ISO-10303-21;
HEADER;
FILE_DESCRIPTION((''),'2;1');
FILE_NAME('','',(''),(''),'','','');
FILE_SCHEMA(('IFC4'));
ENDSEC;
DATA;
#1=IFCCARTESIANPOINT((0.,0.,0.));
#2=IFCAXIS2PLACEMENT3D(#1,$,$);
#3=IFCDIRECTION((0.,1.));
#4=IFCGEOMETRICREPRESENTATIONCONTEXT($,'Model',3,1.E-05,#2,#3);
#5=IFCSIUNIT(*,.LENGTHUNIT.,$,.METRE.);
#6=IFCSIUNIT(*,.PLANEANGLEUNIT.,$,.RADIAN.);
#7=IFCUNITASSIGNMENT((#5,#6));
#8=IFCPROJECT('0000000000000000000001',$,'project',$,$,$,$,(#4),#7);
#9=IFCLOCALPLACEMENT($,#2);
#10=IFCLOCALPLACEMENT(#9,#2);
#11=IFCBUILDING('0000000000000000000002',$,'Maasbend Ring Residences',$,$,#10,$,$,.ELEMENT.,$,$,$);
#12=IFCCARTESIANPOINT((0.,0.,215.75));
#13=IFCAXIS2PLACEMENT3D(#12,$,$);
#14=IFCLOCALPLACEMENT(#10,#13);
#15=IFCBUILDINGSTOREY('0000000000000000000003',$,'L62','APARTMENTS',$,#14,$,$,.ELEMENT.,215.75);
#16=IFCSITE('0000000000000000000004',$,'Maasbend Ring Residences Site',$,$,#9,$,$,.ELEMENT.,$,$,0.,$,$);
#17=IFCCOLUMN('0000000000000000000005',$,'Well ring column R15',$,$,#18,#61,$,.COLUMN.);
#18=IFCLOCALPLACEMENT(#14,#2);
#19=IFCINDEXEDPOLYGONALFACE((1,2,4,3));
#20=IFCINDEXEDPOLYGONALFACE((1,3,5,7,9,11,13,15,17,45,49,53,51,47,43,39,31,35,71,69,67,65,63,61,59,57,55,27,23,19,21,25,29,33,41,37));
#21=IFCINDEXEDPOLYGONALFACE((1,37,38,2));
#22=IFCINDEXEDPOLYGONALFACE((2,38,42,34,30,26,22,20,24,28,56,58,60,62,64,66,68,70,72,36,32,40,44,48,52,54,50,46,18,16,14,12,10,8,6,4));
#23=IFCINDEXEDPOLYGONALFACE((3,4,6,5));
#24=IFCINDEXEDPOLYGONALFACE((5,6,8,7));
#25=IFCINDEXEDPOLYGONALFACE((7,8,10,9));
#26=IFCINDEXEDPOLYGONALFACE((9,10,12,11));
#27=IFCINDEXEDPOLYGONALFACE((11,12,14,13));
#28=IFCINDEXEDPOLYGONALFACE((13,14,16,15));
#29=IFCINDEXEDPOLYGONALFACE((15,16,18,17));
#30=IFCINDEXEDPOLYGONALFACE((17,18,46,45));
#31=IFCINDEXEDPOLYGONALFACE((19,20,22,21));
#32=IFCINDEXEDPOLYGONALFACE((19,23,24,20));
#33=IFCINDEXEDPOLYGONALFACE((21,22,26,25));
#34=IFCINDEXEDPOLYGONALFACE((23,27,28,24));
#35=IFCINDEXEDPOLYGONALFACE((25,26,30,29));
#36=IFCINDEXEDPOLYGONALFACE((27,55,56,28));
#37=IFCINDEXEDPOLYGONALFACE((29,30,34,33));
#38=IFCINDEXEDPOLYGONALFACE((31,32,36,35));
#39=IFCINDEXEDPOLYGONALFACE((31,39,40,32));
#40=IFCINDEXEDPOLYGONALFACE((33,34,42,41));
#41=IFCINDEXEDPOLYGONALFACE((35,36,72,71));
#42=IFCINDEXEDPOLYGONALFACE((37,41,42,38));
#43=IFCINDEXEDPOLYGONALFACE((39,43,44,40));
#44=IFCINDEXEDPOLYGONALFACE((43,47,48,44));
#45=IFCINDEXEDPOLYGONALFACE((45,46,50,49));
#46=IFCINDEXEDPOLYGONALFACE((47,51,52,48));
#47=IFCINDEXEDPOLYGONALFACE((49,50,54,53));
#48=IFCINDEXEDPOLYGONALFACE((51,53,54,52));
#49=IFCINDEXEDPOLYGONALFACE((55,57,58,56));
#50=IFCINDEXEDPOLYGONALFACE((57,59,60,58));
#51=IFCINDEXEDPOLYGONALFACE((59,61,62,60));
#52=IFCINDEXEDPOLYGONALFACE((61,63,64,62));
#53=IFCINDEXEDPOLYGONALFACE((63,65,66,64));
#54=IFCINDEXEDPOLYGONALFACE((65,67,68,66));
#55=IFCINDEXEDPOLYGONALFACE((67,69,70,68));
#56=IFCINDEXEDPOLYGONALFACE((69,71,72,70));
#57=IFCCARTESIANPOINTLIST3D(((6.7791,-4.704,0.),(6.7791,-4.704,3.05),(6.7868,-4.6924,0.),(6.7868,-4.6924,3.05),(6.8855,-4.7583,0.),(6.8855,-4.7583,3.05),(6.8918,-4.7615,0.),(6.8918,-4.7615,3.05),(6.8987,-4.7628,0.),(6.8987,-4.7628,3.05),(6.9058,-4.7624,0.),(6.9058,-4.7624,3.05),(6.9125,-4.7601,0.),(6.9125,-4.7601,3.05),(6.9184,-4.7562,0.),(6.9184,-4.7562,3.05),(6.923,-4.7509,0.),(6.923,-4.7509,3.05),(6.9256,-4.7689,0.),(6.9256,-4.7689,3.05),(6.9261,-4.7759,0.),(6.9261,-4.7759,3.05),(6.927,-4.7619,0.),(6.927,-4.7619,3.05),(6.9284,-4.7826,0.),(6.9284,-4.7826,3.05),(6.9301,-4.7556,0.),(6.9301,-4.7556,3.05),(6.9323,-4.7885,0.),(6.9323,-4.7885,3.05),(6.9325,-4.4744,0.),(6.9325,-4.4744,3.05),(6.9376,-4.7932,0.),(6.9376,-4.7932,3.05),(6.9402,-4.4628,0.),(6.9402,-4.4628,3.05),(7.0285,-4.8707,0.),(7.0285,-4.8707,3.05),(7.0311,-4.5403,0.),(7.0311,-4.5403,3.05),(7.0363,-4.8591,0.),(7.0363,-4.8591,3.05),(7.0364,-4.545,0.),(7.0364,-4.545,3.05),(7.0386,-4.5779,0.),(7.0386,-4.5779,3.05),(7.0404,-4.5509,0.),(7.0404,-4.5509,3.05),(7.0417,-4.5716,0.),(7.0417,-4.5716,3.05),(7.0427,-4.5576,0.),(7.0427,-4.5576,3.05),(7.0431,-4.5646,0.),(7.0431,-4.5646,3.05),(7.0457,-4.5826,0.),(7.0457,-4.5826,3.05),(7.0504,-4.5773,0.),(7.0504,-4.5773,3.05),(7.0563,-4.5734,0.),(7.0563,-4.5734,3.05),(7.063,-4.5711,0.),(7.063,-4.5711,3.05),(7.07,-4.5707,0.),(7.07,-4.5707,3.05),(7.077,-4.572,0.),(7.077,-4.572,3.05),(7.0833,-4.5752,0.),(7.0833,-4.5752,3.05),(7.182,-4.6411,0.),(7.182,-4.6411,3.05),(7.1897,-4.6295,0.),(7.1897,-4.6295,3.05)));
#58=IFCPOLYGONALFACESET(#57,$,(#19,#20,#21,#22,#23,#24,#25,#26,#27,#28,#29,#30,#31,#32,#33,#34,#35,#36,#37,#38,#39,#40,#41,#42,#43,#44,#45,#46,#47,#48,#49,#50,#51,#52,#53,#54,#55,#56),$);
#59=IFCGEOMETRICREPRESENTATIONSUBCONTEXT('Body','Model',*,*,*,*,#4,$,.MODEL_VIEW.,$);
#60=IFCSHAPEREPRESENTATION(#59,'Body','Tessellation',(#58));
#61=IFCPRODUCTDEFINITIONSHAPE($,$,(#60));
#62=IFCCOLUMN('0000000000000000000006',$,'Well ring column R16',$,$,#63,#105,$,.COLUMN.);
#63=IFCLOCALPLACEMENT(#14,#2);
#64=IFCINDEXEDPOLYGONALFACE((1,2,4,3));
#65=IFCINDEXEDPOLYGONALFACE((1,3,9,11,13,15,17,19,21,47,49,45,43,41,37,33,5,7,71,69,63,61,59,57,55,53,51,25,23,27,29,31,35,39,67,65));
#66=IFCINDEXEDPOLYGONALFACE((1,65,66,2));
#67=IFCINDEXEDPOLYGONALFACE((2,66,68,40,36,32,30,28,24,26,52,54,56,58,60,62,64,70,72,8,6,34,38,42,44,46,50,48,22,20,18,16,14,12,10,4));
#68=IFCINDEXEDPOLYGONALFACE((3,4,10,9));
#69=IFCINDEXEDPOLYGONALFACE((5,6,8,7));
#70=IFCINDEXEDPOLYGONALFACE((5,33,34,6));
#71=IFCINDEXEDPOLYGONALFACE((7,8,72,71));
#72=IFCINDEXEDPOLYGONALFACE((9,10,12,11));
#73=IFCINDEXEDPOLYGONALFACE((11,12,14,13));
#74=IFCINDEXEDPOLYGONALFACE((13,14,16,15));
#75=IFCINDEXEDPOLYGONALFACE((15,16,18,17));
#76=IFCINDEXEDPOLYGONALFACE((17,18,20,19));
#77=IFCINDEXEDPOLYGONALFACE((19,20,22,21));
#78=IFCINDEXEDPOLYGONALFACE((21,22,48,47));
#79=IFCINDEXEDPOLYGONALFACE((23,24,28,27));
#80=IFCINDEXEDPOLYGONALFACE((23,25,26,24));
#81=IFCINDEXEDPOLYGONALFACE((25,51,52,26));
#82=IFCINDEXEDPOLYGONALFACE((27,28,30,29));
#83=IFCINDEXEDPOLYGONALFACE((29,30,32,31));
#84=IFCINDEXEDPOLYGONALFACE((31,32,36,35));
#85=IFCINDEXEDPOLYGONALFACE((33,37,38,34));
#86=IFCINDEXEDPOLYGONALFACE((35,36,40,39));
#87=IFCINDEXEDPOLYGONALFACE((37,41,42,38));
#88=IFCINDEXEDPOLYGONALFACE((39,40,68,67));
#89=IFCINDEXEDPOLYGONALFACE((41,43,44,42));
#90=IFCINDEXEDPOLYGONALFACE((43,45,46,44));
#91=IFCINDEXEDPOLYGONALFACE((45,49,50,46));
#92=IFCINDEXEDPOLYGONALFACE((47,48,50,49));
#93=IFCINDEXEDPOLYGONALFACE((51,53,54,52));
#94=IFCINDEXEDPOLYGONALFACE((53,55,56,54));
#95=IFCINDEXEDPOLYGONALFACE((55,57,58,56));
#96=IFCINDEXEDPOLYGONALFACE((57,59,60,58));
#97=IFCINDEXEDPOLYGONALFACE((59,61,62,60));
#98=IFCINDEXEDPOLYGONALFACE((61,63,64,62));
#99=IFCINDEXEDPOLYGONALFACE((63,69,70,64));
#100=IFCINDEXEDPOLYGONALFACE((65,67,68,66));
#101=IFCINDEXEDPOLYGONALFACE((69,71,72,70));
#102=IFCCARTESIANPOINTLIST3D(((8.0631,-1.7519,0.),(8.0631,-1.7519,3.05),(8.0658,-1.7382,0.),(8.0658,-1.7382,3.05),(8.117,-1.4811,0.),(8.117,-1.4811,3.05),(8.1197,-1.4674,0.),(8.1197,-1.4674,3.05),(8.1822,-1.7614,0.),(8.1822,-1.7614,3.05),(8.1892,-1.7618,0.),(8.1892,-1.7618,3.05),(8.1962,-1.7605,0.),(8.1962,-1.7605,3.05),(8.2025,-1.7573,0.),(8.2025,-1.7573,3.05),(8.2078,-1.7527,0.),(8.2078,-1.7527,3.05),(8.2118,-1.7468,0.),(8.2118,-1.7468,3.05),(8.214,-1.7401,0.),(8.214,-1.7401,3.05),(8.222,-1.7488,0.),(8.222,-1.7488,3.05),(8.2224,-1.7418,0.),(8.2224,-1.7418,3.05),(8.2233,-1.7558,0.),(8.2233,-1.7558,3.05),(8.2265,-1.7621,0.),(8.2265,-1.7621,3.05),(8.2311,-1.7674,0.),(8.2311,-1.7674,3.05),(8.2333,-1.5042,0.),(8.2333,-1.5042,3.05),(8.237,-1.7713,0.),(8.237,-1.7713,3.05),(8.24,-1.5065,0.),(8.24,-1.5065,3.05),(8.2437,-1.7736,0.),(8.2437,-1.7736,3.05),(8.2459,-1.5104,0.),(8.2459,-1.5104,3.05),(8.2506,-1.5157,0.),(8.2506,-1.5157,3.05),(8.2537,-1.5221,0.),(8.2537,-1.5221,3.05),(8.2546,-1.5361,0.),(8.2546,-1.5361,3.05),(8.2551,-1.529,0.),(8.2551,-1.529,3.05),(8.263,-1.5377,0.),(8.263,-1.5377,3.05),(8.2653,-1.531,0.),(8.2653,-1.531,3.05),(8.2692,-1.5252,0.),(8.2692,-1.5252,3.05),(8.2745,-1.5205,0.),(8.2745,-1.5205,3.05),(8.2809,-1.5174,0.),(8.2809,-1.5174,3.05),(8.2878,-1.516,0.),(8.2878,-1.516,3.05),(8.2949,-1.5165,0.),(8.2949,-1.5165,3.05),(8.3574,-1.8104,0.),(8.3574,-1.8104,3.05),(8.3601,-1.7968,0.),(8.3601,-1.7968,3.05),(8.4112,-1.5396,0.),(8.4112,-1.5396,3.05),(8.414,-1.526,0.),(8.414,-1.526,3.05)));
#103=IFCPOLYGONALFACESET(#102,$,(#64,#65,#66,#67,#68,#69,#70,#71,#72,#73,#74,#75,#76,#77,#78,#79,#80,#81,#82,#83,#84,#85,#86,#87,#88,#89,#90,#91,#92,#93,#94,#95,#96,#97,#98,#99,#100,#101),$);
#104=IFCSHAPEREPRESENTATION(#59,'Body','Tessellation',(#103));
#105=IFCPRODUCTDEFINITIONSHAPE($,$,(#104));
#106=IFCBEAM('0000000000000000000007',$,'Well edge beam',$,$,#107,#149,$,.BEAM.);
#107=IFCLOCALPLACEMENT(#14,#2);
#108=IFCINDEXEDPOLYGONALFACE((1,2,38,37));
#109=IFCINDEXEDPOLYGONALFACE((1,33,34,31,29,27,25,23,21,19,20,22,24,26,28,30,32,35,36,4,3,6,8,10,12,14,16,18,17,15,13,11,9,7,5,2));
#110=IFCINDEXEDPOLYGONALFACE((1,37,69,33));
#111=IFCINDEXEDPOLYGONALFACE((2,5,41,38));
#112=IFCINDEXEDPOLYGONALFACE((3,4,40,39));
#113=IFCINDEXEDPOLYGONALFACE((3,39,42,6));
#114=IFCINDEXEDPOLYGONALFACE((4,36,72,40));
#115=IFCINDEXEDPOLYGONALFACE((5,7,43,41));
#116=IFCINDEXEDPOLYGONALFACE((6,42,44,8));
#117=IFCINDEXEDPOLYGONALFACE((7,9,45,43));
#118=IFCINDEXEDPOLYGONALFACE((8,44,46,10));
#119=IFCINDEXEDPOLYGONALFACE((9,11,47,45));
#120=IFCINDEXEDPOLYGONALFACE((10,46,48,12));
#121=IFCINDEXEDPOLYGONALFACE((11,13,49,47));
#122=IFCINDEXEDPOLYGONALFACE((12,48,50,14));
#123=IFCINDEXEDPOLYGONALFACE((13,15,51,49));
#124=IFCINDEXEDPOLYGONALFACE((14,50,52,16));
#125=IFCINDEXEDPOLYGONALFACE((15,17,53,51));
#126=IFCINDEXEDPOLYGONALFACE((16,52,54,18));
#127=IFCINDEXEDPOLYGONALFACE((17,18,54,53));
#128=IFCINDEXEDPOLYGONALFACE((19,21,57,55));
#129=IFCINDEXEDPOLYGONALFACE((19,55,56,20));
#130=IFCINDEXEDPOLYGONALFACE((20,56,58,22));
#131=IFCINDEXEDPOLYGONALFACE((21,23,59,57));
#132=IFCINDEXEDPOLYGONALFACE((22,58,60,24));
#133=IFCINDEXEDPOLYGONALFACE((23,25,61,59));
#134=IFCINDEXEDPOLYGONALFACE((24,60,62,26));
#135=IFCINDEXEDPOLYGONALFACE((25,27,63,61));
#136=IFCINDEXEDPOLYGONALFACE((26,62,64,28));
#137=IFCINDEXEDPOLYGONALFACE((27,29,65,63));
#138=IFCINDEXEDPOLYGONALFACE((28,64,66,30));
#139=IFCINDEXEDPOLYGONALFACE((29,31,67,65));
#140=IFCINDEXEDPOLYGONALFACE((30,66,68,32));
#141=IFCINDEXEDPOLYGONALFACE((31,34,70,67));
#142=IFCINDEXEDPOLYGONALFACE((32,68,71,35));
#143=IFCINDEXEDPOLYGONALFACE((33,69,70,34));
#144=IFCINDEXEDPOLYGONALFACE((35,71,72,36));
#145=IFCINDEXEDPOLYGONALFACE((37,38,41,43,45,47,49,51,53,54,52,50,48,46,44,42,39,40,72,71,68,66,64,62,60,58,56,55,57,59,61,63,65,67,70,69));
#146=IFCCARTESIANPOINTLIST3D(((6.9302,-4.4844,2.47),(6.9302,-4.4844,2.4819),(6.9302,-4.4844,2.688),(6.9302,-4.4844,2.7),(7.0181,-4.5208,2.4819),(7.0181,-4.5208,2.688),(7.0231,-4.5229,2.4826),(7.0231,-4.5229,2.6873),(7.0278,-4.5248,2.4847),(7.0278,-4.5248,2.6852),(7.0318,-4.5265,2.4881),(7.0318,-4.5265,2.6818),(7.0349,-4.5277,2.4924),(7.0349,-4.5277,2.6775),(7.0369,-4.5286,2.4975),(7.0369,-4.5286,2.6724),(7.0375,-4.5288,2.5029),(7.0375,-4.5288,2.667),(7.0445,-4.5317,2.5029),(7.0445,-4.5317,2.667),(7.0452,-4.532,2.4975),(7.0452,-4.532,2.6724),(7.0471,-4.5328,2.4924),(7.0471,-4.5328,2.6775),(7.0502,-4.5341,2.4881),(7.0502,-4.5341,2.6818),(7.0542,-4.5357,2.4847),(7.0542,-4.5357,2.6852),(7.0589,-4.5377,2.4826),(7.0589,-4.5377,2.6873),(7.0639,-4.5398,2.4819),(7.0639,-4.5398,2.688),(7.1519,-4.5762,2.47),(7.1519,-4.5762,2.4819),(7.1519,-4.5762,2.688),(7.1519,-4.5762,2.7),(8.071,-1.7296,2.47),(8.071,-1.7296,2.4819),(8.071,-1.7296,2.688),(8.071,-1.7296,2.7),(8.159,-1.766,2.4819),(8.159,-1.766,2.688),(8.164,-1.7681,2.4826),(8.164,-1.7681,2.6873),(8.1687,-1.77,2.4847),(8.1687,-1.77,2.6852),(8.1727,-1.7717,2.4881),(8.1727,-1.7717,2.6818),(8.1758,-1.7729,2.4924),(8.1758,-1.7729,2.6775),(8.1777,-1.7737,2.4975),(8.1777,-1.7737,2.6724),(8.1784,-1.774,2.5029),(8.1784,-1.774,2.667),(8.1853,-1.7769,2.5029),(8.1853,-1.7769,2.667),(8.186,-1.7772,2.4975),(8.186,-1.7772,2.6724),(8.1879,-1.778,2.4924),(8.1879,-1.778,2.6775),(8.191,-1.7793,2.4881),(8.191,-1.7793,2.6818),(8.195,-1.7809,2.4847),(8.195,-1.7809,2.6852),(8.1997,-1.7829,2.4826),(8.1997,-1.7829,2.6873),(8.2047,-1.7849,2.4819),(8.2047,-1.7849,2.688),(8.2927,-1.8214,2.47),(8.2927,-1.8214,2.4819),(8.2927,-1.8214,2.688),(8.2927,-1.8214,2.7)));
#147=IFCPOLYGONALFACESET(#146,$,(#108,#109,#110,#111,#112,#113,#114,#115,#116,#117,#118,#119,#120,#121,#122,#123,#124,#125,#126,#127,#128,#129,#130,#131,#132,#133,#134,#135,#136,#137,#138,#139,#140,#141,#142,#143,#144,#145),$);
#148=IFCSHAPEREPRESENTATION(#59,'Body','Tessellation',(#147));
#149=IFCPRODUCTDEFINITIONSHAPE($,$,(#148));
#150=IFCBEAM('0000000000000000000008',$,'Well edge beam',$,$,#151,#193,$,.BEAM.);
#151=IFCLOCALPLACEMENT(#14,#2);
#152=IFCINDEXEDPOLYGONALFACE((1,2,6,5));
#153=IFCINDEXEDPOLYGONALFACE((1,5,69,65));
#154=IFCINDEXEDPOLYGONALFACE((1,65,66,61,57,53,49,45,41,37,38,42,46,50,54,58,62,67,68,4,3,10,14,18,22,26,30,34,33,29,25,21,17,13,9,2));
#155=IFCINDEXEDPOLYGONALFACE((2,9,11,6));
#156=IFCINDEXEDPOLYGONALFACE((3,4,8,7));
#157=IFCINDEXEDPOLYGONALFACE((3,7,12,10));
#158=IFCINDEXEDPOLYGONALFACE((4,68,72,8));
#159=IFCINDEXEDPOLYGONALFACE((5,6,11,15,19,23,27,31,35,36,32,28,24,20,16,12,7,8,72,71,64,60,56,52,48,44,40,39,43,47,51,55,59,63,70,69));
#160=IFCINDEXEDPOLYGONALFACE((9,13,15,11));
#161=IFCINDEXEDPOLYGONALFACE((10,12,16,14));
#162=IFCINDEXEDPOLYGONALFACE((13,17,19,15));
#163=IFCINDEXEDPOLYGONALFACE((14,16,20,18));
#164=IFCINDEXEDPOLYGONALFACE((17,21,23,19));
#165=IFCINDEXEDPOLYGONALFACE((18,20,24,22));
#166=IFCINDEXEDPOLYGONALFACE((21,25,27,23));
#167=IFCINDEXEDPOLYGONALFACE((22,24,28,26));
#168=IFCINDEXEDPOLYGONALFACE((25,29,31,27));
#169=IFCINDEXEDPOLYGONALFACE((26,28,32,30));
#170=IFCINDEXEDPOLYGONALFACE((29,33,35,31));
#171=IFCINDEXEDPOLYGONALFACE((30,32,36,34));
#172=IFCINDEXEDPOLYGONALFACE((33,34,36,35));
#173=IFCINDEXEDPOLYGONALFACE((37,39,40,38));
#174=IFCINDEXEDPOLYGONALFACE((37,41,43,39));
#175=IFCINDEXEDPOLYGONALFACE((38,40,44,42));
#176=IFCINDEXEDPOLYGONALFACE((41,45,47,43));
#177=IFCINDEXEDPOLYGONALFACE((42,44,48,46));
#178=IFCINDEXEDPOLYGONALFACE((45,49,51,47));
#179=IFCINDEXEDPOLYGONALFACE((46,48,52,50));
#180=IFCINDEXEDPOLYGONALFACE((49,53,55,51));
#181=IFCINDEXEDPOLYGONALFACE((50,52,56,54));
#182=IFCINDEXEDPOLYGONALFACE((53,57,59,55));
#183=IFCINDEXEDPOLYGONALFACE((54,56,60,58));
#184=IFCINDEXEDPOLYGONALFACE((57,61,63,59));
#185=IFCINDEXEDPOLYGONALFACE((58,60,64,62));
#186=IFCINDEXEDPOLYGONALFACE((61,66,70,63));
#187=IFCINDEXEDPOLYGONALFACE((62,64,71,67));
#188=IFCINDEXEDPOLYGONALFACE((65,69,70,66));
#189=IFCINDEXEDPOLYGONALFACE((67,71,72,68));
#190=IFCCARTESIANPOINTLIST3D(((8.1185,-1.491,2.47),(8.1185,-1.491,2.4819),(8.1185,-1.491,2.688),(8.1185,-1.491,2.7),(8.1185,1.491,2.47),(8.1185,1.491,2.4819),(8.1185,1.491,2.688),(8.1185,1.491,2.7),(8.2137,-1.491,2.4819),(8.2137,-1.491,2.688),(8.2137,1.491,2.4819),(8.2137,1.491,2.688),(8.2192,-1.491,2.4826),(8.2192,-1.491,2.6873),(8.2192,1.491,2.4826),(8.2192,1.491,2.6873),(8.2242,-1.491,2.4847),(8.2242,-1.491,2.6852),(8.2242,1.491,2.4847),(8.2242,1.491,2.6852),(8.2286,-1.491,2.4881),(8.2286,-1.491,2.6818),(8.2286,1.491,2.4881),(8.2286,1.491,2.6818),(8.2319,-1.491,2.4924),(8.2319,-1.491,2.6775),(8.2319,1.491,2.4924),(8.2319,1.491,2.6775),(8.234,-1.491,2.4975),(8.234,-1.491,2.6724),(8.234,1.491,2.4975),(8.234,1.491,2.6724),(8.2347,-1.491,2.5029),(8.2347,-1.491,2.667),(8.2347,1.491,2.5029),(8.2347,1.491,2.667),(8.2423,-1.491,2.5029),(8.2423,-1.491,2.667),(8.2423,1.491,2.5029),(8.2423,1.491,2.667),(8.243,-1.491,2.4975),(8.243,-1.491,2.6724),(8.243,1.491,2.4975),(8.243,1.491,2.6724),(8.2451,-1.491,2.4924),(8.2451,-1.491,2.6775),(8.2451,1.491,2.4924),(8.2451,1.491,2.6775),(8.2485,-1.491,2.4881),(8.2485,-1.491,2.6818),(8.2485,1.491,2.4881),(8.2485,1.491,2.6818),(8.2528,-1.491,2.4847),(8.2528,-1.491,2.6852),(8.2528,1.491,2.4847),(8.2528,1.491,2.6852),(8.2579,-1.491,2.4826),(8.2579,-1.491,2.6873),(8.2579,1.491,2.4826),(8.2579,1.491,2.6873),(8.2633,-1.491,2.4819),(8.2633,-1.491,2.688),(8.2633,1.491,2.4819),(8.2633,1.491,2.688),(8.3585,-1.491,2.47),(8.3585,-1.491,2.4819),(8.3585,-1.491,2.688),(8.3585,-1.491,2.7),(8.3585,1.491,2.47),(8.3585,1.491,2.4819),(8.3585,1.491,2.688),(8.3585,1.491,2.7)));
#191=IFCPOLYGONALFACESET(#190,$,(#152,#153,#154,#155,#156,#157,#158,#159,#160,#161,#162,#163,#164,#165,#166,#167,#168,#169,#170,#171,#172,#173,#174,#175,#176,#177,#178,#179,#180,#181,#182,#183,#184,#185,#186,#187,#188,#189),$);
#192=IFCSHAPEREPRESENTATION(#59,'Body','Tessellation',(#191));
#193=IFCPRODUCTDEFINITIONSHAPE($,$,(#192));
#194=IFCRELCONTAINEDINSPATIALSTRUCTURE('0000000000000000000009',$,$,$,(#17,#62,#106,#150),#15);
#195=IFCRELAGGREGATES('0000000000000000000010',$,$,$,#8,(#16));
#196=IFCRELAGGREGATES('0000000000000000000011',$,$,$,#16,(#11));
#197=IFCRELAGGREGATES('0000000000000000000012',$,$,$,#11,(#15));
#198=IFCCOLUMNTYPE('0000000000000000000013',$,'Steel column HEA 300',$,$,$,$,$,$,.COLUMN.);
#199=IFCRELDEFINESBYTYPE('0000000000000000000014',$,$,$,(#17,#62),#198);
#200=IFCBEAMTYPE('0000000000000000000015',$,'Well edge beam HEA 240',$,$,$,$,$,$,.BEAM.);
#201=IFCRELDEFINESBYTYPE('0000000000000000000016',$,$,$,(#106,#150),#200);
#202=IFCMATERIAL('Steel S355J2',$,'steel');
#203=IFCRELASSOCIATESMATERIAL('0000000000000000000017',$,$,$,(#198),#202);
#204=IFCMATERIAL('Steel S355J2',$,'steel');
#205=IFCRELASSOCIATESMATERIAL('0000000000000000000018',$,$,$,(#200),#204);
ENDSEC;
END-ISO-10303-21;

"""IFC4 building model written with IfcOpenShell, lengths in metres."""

from ifc_helpers import new_model, si_unit, direction, frame, origin, origin_2d, place, context, subcontext, project, spatial, i_section, extrude, material, material_profile, profile_set, type_object, element, save


model = new_model("IFC4")

# Units and contexts
model_context = context("Model", 3, precision=1e-05, world=origin(), true_north=direction((0.0, 1.0)))
body_context = subcontext(model_context, "Body", "Model", "MODEL_VIEW")
ifc_project = project(units=[si_unit("LENGTHUNIT", "METRE"), si_unit("PLANEANGLEUNIT", "RADIAN")], contexts=[model_context])

# Site, building, storey
site_placement = place(None, origin())
site = spatial("IfcSite", under=ifc_project, at=site_placement, Name="Maasbend Ring Residences Site", CompositionType="ELEMENT", RefElevation=0.0)
building_placement = place(site_placement, origin())
building = spatial("IfcBuilding", under=site, at=building_placement, Name="Maasbend Ring Residences", CompositionType="ELEMENT")
storey_placement = place(building_placement, frame((0.0, 0.0, 215.75)))
storey = spatial("IfcBuildingStorey", under=building, at=storey_placement, Name="L62", Description="APARTMENTS", CompositionType="ELEMENT", Elevation=215.75)

# Columns
ifc_material_1 = material(Name="Steel S355J2", Category="steel")
ifc_material_profile_1 = material_profile(ifc_material_1, i_section(OverallWidth=0.3, OverallDepth=0.29, WebThickness=0.0085, FlangeThickness=0.0139, FilletRadius=0.0271, at=origin_2d()), Name="HEA 300")
ifc_profile_set_1 = profile_set([ifc_material_profile_1], Name="Steel S355J2")
column_type = type_object("IfcColumnType", Name="Steel column HEA 300", PredefinedType="COLUMN", material=ifc_profile_set_1)
for number, where, z_axis, x_axis, name in (
    (1, (6.9844, -4.6667, 0.0), (0.0, 0.0, 1.0), (0.83147, -0.55557, 0.0), "Well ring column R15"),
    (2, (8.2385, -1.6389, 0.0), (0.0, 0.0, 1.0), (0.980785, -0.19509, 0.0), "Well ring column R16"),
):
    element("IfcColumn", number, at=place(storey_placement, frame(where, z_axis=z_axis, x_axis=x_axis)), inside=storey, type_object=column_type, Name=name, PredefinedType="COLUMN", context=body_context, shape_type="SweptSolid", body=[
        extrude(i_section(OverallWidth=0.3, OverallDepth=0.29, WebThickness=0.0085, FlangeThickness=0.0139, FilletRadius=0.0271, at=origin_2d()), origin(), (0.0, 0.0, 1.0), 3.05),
    ])

# Beams
ifc_material_2 = material(Name="Steel S355J2", Category="steel")
ifc_material_profile_2 = material_profile(ifc_material_2, i_section(OverallWidth=0.24, OverallDepth=0.23, WebThickness=0.0076, FlangeThickness=0.012, FilletRadius=0.021, at=origin_2d()), Name="HEA 240")
ifc_profile_set_2 = profile_set([ifc_material_profile_2], Name="Steel S355J2")
beam_type = type_object("IfcBeamType", Name="Well edge beam HEA 240", PredefinedType="BEAM", material=ifc_profile_set_2)
beam_1_placement = place(storey_placement, frame((7.041, -4.5303, 2.585), z_axis=(0.382615, 0.923908, 0.0), x_axis=(-0.923908, 0.382615, 0.0)))
element("IfcBeam", 3, at=beam_1_placement, inside=storey, type_object=beam_type, Name="Well edge beam", PredefinedType="BEAM", context=body_context, shape_type="SweptSolid", body=[
    extrude(i_section(OverallWidth=0.24, OverallDepth=0.23, WebThickness=0.0076, FlangeThickness=0.012, FilletRadius=0.021, at=origin_2d()), origin(), (0.0, 0.0, 1.0), 2.9817),
])
beam_2_placement = place(storey_placement, frame((8.2385, -1.491, 2.585), z_axis=(0.0, 1.0, 0.0), x_axis=(-1.0, 0.0, 0.0)))
element("IfcBeam", 4, at=beam_2_placement, inside=storey, type_object=beam_type, Name="Well edge beam", PredefinedType="BEAM", context=body_context, shape_type="SweptSolid", body=[
    extrude(i_section(OverallWidth=0.24, OverallDepth=0.23, WebThickness=0.0076, FlangeThickness=0.012, FilletRadius=0.021, at=origin_2d()), origin(), (0.0, 0.0, 1.0), 2.9819),
])

save(model, "model.ifc")
